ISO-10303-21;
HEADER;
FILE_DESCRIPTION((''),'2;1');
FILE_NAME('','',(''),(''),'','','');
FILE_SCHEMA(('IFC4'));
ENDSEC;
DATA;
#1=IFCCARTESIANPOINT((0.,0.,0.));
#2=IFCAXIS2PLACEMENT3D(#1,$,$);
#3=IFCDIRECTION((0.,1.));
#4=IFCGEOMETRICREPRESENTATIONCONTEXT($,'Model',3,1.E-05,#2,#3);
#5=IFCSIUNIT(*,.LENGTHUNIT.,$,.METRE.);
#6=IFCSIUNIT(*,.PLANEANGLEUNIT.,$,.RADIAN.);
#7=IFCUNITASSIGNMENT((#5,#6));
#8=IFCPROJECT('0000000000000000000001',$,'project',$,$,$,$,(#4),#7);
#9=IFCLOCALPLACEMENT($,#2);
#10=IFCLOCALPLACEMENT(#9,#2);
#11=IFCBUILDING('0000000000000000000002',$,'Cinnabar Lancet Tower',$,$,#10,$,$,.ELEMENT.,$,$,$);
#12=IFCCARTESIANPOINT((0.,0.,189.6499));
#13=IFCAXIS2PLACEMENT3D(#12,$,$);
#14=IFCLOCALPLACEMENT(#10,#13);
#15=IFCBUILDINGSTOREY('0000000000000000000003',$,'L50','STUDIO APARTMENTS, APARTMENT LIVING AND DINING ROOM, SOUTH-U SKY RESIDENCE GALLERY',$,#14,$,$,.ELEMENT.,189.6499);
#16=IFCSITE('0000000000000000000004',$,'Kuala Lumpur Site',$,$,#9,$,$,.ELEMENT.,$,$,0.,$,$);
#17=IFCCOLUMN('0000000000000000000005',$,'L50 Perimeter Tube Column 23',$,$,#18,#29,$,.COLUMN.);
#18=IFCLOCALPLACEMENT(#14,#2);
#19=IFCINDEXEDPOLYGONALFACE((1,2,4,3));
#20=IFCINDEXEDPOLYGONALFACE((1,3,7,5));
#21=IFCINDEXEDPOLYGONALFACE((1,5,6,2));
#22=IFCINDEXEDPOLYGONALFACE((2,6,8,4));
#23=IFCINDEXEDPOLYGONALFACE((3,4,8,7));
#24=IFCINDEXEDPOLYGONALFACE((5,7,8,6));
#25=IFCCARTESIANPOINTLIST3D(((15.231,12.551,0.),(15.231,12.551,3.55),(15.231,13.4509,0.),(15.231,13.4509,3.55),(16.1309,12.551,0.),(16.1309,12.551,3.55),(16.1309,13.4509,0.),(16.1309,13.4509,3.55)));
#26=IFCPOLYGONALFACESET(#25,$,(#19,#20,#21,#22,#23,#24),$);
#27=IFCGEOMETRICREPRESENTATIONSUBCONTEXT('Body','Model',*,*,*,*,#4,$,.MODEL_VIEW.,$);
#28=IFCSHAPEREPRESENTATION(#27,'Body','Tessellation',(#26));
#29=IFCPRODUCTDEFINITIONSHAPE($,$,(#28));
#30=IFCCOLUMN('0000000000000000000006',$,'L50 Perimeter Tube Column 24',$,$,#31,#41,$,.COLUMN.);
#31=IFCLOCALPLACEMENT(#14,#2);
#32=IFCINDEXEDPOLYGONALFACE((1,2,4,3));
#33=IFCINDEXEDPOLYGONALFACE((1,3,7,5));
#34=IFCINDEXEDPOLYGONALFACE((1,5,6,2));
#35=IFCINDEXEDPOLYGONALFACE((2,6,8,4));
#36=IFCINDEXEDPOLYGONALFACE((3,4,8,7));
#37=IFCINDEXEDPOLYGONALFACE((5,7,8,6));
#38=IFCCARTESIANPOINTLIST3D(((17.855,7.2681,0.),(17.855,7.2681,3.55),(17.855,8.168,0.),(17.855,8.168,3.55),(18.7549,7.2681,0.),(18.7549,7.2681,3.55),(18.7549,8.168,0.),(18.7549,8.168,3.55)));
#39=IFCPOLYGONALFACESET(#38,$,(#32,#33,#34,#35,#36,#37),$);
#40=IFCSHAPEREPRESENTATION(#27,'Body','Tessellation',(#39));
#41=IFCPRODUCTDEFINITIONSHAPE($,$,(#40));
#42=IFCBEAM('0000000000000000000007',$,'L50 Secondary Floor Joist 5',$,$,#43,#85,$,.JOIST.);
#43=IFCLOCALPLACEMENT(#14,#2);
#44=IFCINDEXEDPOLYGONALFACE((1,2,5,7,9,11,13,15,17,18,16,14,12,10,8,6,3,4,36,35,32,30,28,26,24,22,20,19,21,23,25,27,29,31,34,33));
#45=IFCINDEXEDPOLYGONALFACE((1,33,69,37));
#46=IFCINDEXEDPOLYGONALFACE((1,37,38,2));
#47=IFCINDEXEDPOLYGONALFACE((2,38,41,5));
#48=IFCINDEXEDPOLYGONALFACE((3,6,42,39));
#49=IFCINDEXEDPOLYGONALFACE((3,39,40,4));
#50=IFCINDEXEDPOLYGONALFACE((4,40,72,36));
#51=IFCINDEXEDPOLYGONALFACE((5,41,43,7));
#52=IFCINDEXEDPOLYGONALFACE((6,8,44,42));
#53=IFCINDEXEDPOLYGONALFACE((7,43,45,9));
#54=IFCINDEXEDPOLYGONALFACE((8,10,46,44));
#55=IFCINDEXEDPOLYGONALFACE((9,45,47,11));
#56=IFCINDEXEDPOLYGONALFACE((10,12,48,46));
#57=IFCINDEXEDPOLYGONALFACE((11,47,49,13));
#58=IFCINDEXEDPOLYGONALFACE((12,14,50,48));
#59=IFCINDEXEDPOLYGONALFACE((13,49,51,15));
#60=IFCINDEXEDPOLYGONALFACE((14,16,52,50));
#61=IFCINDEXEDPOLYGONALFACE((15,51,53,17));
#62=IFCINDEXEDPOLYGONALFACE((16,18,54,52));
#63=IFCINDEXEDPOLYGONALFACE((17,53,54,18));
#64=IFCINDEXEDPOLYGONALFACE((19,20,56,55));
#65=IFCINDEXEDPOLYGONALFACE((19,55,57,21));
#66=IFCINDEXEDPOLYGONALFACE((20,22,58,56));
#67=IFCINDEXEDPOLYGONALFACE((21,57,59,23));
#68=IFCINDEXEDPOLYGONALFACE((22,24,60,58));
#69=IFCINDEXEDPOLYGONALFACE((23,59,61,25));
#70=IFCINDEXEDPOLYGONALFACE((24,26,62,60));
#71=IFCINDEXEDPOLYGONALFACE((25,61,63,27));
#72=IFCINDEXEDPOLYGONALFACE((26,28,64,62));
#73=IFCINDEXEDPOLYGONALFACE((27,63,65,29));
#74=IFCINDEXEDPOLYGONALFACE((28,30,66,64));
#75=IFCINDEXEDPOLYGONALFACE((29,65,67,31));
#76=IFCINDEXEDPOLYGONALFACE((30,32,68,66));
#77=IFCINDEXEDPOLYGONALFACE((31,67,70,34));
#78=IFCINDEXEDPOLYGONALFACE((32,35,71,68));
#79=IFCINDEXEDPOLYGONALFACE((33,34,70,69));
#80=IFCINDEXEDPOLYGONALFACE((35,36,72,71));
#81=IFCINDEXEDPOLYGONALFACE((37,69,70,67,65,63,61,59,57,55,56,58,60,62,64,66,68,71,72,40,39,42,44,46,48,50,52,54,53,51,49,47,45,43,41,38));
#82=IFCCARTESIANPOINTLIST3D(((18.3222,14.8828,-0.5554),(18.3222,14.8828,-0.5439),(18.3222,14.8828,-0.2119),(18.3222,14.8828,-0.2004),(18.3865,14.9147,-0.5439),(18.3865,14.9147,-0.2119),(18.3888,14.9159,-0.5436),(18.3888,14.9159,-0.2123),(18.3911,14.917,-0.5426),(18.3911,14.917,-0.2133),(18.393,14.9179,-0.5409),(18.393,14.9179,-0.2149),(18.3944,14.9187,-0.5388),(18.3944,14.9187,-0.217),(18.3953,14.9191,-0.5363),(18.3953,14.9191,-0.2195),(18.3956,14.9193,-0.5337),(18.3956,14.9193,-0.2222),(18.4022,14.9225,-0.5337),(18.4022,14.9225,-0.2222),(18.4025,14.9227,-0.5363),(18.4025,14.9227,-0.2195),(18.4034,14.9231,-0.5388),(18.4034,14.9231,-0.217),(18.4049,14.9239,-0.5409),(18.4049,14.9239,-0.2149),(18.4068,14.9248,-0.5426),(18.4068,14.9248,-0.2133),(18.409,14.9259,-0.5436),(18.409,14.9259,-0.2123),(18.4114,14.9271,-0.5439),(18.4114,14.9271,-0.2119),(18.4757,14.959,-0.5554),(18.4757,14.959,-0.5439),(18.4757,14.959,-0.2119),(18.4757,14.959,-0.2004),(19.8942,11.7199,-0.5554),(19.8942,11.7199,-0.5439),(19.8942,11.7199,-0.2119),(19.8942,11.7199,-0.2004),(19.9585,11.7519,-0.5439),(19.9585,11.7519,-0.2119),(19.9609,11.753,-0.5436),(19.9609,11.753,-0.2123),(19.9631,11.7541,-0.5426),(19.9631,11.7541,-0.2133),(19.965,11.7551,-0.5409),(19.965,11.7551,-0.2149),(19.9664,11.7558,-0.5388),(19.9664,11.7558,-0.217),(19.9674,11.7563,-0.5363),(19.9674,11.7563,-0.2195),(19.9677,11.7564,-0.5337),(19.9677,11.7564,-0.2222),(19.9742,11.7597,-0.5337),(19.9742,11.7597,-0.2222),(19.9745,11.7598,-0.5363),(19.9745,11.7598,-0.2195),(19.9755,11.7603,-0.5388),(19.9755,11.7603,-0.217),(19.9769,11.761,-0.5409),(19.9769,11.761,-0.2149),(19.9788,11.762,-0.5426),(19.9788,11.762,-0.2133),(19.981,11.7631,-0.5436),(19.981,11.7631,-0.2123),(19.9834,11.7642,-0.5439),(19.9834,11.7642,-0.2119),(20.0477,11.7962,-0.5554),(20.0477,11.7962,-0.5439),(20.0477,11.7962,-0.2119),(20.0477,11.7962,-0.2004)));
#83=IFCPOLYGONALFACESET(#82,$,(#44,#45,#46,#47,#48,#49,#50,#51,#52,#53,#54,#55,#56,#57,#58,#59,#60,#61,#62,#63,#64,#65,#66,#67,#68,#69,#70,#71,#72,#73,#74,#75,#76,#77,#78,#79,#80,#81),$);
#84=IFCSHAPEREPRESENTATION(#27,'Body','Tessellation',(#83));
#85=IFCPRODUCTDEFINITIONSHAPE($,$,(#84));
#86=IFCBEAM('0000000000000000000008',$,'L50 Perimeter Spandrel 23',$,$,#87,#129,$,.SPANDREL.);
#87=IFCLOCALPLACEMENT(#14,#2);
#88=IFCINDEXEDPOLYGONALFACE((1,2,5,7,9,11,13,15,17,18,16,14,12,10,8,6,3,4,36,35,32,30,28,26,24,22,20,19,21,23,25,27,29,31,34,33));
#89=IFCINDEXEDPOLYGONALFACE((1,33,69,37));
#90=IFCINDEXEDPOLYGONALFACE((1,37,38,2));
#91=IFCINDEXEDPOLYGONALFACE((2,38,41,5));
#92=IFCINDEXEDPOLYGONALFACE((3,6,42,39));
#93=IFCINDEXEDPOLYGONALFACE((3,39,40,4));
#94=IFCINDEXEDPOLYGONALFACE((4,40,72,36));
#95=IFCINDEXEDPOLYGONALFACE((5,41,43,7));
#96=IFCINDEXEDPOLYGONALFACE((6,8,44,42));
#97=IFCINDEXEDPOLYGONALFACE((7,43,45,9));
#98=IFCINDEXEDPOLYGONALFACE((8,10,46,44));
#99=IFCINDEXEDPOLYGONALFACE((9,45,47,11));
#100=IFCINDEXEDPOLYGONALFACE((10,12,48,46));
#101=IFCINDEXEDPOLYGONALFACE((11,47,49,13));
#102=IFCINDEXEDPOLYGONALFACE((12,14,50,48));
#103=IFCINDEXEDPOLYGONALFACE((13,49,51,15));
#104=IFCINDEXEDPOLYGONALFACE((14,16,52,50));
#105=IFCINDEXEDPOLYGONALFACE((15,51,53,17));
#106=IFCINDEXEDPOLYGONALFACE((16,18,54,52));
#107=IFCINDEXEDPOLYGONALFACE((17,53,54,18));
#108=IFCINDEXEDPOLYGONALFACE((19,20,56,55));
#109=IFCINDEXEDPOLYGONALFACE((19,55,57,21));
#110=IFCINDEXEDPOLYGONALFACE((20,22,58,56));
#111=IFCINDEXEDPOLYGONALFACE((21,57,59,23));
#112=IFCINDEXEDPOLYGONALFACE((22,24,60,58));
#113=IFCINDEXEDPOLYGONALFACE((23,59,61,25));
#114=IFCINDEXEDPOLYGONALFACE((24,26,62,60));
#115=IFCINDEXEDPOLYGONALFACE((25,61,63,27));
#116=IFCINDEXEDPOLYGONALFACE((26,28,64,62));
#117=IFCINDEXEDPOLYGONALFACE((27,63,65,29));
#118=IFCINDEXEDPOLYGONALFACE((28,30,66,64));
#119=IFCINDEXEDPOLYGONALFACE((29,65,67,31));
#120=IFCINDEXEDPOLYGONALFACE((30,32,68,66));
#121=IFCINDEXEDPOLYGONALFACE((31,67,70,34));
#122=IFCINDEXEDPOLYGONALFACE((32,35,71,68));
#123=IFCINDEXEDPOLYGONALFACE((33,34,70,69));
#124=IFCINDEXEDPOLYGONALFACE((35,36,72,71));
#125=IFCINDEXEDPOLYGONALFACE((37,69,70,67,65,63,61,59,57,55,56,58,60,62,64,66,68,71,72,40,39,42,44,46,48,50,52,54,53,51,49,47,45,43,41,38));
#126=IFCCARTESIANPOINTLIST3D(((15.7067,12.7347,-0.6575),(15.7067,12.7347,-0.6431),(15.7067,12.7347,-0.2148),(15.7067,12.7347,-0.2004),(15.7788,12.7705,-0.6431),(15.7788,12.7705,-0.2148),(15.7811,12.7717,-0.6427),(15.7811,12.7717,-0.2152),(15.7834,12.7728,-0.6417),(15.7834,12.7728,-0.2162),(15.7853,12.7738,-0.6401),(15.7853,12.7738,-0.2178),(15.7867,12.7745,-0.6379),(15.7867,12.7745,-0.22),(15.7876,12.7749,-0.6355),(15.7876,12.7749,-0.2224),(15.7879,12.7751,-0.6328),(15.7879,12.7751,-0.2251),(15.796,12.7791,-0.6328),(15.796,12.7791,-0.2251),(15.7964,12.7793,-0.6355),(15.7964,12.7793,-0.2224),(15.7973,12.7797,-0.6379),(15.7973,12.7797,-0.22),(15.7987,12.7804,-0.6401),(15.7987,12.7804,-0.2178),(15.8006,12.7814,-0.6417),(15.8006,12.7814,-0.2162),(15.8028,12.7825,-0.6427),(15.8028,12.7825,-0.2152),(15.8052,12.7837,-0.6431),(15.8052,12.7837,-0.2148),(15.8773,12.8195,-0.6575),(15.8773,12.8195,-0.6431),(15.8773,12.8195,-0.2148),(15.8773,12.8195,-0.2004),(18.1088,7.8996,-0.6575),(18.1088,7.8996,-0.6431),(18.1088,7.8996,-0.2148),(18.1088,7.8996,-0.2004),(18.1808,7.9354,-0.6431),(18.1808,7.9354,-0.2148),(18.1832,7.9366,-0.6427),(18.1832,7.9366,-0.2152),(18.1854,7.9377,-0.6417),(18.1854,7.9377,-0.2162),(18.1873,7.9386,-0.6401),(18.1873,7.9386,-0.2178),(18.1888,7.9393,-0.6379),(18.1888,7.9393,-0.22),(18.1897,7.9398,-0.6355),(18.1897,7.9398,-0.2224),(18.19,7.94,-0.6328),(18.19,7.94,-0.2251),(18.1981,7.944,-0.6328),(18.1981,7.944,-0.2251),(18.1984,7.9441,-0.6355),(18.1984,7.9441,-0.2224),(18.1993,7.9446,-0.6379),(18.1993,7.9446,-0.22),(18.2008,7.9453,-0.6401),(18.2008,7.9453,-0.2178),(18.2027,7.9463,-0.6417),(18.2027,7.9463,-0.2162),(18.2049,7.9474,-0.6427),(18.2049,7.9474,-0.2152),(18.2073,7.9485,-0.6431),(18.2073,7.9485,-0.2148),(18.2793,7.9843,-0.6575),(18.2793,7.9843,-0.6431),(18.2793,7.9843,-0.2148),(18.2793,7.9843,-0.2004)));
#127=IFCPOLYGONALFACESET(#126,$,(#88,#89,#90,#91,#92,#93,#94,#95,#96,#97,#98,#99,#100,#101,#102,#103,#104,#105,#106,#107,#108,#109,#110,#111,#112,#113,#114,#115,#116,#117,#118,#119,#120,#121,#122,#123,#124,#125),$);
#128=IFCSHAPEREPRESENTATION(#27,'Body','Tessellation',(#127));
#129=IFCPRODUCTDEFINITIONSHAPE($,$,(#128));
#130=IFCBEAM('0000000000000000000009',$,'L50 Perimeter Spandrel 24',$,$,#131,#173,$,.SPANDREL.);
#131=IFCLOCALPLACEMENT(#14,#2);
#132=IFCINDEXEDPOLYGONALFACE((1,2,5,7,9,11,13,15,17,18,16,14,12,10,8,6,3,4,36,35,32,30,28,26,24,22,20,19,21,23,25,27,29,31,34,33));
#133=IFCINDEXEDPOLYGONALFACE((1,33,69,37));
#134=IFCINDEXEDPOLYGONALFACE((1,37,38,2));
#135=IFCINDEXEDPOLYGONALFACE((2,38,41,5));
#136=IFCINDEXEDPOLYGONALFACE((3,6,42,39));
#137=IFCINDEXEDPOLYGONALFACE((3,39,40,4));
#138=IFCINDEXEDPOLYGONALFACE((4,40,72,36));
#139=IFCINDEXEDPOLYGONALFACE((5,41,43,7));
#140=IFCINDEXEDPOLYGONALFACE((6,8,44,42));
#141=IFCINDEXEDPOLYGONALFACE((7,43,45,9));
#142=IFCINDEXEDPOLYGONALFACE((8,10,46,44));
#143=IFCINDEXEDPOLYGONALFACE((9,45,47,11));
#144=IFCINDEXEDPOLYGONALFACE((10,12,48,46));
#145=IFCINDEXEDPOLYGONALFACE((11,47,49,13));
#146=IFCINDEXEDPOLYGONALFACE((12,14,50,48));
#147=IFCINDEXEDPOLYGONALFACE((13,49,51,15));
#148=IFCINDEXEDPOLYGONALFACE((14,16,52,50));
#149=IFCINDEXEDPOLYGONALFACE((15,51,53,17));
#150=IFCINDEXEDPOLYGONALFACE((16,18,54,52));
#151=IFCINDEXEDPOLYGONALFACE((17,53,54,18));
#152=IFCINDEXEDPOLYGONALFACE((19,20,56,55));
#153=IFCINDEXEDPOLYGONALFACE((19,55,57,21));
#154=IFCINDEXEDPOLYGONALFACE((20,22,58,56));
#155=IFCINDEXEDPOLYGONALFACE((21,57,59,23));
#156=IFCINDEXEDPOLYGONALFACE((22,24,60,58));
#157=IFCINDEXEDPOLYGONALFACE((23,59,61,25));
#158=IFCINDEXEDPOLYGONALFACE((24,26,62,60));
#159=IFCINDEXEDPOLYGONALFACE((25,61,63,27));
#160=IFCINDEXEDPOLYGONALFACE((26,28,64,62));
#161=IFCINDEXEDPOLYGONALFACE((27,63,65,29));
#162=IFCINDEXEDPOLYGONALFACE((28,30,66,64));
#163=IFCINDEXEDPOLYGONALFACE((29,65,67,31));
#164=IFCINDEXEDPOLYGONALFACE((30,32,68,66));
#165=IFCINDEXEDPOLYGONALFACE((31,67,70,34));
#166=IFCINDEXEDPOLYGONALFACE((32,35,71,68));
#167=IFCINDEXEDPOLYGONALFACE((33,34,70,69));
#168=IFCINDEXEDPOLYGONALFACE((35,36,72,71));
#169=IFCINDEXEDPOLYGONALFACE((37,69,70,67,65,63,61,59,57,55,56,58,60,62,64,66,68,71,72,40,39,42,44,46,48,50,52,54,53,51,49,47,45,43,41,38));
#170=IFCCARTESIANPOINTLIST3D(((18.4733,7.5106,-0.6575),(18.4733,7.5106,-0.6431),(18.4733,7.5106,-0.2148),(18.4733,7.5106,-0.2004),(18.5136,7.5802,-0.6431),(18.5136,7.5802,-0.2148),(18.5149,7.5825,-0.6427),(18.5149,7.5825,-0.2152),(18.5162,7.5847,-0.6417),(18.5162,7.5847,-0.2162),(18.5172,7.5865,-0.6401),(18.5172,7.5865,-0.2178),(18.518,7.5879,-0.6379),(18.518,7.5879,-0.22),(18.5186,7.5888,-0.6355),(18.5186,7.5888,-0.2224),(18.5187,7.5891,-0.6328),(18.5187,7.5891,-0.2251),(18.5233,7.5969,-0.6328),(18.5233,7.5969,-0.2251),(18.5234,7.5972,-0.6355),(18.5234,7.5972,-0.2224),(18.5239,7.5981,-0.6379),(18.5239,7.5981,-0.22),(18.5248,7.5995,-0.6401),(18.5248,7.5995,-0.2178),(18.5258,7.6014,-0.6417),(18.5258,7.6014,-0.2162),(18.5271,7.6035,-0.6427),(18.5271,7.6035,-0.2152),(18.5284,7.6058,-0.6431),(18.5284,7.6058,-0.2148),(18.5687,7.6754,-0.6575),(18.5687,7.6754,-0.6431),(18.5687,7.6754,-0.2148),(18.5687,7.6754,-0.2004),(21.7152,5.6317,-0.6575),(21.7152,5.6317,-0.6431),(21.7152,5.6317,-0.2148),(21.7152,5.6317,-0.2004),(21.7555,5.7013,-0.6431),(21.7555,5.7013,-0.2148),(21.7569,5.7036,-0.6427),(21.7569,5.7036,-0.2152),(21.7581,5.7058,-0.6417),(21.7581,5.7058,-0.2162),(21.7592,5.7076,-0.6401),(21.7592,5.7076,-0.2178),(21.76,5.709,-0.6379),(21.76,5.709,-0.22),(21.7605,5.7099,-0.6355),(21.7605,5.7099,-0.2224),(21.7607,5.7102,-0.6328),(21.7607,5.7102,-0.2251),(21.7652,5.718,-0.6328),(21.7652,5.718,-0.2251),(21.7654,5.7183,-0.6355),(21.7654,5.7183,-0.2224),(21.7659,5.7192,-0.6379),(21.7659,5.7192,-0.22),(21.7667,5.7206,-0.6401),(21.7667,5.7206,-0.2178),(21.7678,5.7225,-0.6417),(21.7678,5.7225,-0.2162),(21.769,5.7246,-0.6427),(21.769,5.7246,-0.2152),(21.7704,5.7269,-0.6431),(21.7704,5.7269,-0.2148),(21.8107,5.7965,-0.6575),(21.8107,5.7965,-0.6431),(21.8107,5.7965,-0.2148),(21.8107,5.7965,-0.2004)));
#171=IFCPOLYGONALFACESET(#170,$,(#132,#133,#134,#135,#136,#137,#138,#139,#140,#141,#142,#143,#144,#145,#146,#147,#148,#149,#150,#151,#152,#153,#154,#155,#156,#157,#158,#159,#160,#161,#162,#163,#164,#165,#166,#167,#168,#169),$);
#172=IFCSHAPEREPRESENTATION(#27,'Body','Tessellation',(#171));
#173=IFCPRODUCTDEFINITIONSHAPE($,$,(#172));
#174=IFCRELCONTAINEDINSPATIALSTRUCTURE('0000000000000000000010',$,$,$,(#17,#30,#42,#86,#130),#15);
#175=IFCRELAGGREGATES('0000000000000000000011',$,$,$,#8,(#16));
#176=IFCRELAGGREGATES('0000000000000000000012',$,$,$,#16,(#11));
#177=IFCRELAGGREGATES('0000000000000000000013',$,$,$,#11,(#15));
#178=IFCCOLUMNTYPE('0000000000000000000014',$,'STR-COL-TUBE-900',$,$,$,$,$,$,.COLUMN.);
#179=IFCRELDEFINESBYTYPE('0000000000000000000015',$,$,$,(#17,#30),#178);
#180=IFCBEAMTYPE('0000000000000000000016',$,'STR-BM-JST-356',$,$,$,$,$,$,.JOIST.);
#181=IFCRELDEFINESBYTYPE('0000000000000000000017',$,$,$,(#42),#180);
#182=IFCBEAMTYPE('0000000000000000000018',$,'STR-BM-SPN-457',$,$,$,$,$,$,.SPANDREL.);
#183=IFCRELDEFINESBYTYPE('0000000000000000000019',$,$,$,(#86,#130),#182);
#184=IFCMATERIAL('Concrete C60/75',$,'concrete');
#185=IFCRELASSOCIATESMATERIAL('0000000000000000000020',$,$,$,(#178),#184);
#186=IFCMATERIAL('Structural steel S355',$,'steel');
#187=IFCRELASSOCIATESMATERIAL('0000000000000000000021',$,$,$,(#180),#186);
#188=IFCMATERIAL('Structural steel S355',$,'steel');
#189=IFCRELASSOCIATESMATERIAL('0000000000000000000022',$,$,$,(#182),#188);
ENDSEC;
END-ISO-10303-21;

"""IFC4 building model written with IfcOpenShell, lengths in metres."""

from ifc_helpers import new_model, si_unit, direction, frame, origin, origin_2d, place, context, subcontext, project, spatial, rectangle, i_section, extrude, material, material_profile, profile_set, type_object, element, save


model = new_model("IFC4")

# Units and contexts
model_context = context("Model", 3, precision=1e-05, world=origin(), true_north=direction((0.0, 1.0)))
body_context = subcontext(model_context, "Body", "Model", "MODEL_VIEW")
ifc_project = project(units=[si_unit("LENGTHUNIT", "METRE"), si_unit("PLANEANGLEUNIT", "RADIAN")], contexts=[model_context])

# Site, building, storey
site_placement = place(None, origin())
site = spatial("IfcSite", under=ifc_project, at=site_placement, Name="Kuala Lumpur Site", CompositionType="ELEMENT", RefElevation=0.0)
building_placement = place(site_placement, origin())
building = spatial("IfcBuilding", under=site, at=building_placement, Name="Cinnabar Lancet Tower", CompositionType="ELEMENT")
storey_placement = place(building_placement, frame((0.0, 0.0, 189.6499)))
storey = spatial("IfcBuildingStorey", under=building, at=storey_placement, Name="L50", Description="STUDIO APARTMENTS, APARTMENT LIVING AND DINING ROOM, SOUTH-U SKY RESIDENCE GALLERY", CompositionType="ELEMENT", Elevation=189.6499)

# Columns
ifc_material_1 = material(Name="Concrete C60/75", Category="concrete")
ifc_material_profile_1 = material_profile(ifc_material_1, rectangle(XDim=0.8999, YDim=0.8999, at=origin_2d()), Name="RC-COL 900x900")
ifc_profile_set_1 = profile_set([ifc_material_profile_1], Name="Concrete C60/75")
column_type = type_object("IfcColumnType", Name="STR-COL-TUBE-900", PredefinedType="COLUMN", material=ifc_profile_set_1)
for number, where, z_axis, x_axis, name in (
    (1, (15.6809, 13.001, 0.0), (0.0, 0.0, 1.0), (1.0, 0.0, 0.0), "L50 Perimeter Tube Column 23"),
    (2, (18.3049, 7.718, 0.0), (0.0, 0.0, 1.0), (1.0, 0.0, 0.0), "L50 Perimeter Tube Column 24"),
):
    element("IfcColumn", number, at=place(storey_placement, frame(where, z_axis=z_axis, x_axis=x_axis)), inside=storey, type_object=column_type, Name=name, PredefinedType="COLUMN", context=body_context, shape_type="SweptSolid", body=[
        extrude(rectangle(XDim=0.8999, YDim=0.8999, at=origin_2d()), origin(), (0.0, 0.0, 1.0), 3.55),
    ])

# Beams
ifc_material_2 = material(Name="Structural steel S355", Category="steel")
ifc_material_profile_2 = material_profile(ifc_material_2, i_section(OverallWidth=0.1714, OverallDepth=0.355, WebThickness=0.0073, FlangeThickness=0.0115, FilletRadius=0.0103, at=origin_2d()), Name="UKB 356x171x51")
ifc_profile_set_2 = profile_set([ifc_material_profile_2], Name="Structural steel S355")
beam_type_1 = type_object("IfcBeamType", Name="STR-BM-JST-356", PredefinedType="JOIST", material=ifc_profile_set_2)
beam_1_placement = place(storey_placement, frame((18.3989, 14.9209, -0.3779), z_axis=(0.445083, -0.895489, 0.0), x_axis=(0.895489, 0.445083, 0.0)))
element("IfcBeam", 3, at=beam_1_placement, inside=storey, type_object=beam_type_1, Name="L50 Secondary Floor Joist 5", PredefinedType="JOIST", context=body_context, shape_type="SweptSolid", body=[
    extrude(i_section(OverallWidth=0.1714, OverallDepth=0.355, WebThickness=0.0073, FlangeThickness=0.0115, FilletRadius=0.0103, at=origin_2d()), origin(), (0.0, 0.0, 1.0), 3.532),
])
ifc_material_3 = material(Name="Structural steel S355", Category="steel")
ifc_material_profile_3 = material_profile(ifc_material_3, i_section(OverallWidth=0.1904, OverallDepth=0.457, WebThickness=0.009, FlangeThickness=0.0144, FilletRadius=0.0103, at=origin_2d()), Name="UKB 457x191x74")
ifc_profile_set_3 = profile_set([ifc_material_profile_3], Name="Structural steel S355")
beam_type_2 = type_object("IfcBeamType", Name="STR-BM-SPN-457", PredefinedType="SPANDREL", material=ifc_profile_set_3)
beam_2_placement = place(storey_placement, frame((15.792, 12.7771, -0.429), z_axis=(0.444915, -0.895573, 0.0), x_axis=(0.895573, 0.444915, 0.0)))
element("IfcBeam", 4, at=beam_2_placement, inside=storey, type_object=beam_type_2, Name="L50 Perimeter Spandrel 23", PredefinedType="SPANDREL", context=body_context, shape_type="SweptSolid", body=[
    extrude(i_section(OverallWidth=0.1904, OverallDepth=0.457, WebThickness=0.009, FlangeThickness=0.0144, FilletRadius=0.0103, at=origin_2d()), origin(), (0.0, 0.0, 1.0), 5.3989),
])
beam_3_placement = place(storey_placement, frame((18.521, 7.593, -0.429), z_axis=(0.865196, -0.501434, 0.0), x_axis=(0.501434, 0.865196, 0.0)))
element("IfcBeam", 5, at=beam_3_placement, inside=storey, type_object=beam_type_2, Name="L50 Perimeter Spandrel 24", PredefinedType="SPANDREL", context=body_context, shape_type="SweptSolid", body=[
    extrude(i_section(OverallWidth=0.1904, OverallDepth=0.457, WebThickness=0.009, FlangeThickness=0.0144, FilletRadius=0.0103, at=origin_2d()), origin(), (0.0, 0.0, 1.0), 3.7471),
])

save(model, "model.ifc")
